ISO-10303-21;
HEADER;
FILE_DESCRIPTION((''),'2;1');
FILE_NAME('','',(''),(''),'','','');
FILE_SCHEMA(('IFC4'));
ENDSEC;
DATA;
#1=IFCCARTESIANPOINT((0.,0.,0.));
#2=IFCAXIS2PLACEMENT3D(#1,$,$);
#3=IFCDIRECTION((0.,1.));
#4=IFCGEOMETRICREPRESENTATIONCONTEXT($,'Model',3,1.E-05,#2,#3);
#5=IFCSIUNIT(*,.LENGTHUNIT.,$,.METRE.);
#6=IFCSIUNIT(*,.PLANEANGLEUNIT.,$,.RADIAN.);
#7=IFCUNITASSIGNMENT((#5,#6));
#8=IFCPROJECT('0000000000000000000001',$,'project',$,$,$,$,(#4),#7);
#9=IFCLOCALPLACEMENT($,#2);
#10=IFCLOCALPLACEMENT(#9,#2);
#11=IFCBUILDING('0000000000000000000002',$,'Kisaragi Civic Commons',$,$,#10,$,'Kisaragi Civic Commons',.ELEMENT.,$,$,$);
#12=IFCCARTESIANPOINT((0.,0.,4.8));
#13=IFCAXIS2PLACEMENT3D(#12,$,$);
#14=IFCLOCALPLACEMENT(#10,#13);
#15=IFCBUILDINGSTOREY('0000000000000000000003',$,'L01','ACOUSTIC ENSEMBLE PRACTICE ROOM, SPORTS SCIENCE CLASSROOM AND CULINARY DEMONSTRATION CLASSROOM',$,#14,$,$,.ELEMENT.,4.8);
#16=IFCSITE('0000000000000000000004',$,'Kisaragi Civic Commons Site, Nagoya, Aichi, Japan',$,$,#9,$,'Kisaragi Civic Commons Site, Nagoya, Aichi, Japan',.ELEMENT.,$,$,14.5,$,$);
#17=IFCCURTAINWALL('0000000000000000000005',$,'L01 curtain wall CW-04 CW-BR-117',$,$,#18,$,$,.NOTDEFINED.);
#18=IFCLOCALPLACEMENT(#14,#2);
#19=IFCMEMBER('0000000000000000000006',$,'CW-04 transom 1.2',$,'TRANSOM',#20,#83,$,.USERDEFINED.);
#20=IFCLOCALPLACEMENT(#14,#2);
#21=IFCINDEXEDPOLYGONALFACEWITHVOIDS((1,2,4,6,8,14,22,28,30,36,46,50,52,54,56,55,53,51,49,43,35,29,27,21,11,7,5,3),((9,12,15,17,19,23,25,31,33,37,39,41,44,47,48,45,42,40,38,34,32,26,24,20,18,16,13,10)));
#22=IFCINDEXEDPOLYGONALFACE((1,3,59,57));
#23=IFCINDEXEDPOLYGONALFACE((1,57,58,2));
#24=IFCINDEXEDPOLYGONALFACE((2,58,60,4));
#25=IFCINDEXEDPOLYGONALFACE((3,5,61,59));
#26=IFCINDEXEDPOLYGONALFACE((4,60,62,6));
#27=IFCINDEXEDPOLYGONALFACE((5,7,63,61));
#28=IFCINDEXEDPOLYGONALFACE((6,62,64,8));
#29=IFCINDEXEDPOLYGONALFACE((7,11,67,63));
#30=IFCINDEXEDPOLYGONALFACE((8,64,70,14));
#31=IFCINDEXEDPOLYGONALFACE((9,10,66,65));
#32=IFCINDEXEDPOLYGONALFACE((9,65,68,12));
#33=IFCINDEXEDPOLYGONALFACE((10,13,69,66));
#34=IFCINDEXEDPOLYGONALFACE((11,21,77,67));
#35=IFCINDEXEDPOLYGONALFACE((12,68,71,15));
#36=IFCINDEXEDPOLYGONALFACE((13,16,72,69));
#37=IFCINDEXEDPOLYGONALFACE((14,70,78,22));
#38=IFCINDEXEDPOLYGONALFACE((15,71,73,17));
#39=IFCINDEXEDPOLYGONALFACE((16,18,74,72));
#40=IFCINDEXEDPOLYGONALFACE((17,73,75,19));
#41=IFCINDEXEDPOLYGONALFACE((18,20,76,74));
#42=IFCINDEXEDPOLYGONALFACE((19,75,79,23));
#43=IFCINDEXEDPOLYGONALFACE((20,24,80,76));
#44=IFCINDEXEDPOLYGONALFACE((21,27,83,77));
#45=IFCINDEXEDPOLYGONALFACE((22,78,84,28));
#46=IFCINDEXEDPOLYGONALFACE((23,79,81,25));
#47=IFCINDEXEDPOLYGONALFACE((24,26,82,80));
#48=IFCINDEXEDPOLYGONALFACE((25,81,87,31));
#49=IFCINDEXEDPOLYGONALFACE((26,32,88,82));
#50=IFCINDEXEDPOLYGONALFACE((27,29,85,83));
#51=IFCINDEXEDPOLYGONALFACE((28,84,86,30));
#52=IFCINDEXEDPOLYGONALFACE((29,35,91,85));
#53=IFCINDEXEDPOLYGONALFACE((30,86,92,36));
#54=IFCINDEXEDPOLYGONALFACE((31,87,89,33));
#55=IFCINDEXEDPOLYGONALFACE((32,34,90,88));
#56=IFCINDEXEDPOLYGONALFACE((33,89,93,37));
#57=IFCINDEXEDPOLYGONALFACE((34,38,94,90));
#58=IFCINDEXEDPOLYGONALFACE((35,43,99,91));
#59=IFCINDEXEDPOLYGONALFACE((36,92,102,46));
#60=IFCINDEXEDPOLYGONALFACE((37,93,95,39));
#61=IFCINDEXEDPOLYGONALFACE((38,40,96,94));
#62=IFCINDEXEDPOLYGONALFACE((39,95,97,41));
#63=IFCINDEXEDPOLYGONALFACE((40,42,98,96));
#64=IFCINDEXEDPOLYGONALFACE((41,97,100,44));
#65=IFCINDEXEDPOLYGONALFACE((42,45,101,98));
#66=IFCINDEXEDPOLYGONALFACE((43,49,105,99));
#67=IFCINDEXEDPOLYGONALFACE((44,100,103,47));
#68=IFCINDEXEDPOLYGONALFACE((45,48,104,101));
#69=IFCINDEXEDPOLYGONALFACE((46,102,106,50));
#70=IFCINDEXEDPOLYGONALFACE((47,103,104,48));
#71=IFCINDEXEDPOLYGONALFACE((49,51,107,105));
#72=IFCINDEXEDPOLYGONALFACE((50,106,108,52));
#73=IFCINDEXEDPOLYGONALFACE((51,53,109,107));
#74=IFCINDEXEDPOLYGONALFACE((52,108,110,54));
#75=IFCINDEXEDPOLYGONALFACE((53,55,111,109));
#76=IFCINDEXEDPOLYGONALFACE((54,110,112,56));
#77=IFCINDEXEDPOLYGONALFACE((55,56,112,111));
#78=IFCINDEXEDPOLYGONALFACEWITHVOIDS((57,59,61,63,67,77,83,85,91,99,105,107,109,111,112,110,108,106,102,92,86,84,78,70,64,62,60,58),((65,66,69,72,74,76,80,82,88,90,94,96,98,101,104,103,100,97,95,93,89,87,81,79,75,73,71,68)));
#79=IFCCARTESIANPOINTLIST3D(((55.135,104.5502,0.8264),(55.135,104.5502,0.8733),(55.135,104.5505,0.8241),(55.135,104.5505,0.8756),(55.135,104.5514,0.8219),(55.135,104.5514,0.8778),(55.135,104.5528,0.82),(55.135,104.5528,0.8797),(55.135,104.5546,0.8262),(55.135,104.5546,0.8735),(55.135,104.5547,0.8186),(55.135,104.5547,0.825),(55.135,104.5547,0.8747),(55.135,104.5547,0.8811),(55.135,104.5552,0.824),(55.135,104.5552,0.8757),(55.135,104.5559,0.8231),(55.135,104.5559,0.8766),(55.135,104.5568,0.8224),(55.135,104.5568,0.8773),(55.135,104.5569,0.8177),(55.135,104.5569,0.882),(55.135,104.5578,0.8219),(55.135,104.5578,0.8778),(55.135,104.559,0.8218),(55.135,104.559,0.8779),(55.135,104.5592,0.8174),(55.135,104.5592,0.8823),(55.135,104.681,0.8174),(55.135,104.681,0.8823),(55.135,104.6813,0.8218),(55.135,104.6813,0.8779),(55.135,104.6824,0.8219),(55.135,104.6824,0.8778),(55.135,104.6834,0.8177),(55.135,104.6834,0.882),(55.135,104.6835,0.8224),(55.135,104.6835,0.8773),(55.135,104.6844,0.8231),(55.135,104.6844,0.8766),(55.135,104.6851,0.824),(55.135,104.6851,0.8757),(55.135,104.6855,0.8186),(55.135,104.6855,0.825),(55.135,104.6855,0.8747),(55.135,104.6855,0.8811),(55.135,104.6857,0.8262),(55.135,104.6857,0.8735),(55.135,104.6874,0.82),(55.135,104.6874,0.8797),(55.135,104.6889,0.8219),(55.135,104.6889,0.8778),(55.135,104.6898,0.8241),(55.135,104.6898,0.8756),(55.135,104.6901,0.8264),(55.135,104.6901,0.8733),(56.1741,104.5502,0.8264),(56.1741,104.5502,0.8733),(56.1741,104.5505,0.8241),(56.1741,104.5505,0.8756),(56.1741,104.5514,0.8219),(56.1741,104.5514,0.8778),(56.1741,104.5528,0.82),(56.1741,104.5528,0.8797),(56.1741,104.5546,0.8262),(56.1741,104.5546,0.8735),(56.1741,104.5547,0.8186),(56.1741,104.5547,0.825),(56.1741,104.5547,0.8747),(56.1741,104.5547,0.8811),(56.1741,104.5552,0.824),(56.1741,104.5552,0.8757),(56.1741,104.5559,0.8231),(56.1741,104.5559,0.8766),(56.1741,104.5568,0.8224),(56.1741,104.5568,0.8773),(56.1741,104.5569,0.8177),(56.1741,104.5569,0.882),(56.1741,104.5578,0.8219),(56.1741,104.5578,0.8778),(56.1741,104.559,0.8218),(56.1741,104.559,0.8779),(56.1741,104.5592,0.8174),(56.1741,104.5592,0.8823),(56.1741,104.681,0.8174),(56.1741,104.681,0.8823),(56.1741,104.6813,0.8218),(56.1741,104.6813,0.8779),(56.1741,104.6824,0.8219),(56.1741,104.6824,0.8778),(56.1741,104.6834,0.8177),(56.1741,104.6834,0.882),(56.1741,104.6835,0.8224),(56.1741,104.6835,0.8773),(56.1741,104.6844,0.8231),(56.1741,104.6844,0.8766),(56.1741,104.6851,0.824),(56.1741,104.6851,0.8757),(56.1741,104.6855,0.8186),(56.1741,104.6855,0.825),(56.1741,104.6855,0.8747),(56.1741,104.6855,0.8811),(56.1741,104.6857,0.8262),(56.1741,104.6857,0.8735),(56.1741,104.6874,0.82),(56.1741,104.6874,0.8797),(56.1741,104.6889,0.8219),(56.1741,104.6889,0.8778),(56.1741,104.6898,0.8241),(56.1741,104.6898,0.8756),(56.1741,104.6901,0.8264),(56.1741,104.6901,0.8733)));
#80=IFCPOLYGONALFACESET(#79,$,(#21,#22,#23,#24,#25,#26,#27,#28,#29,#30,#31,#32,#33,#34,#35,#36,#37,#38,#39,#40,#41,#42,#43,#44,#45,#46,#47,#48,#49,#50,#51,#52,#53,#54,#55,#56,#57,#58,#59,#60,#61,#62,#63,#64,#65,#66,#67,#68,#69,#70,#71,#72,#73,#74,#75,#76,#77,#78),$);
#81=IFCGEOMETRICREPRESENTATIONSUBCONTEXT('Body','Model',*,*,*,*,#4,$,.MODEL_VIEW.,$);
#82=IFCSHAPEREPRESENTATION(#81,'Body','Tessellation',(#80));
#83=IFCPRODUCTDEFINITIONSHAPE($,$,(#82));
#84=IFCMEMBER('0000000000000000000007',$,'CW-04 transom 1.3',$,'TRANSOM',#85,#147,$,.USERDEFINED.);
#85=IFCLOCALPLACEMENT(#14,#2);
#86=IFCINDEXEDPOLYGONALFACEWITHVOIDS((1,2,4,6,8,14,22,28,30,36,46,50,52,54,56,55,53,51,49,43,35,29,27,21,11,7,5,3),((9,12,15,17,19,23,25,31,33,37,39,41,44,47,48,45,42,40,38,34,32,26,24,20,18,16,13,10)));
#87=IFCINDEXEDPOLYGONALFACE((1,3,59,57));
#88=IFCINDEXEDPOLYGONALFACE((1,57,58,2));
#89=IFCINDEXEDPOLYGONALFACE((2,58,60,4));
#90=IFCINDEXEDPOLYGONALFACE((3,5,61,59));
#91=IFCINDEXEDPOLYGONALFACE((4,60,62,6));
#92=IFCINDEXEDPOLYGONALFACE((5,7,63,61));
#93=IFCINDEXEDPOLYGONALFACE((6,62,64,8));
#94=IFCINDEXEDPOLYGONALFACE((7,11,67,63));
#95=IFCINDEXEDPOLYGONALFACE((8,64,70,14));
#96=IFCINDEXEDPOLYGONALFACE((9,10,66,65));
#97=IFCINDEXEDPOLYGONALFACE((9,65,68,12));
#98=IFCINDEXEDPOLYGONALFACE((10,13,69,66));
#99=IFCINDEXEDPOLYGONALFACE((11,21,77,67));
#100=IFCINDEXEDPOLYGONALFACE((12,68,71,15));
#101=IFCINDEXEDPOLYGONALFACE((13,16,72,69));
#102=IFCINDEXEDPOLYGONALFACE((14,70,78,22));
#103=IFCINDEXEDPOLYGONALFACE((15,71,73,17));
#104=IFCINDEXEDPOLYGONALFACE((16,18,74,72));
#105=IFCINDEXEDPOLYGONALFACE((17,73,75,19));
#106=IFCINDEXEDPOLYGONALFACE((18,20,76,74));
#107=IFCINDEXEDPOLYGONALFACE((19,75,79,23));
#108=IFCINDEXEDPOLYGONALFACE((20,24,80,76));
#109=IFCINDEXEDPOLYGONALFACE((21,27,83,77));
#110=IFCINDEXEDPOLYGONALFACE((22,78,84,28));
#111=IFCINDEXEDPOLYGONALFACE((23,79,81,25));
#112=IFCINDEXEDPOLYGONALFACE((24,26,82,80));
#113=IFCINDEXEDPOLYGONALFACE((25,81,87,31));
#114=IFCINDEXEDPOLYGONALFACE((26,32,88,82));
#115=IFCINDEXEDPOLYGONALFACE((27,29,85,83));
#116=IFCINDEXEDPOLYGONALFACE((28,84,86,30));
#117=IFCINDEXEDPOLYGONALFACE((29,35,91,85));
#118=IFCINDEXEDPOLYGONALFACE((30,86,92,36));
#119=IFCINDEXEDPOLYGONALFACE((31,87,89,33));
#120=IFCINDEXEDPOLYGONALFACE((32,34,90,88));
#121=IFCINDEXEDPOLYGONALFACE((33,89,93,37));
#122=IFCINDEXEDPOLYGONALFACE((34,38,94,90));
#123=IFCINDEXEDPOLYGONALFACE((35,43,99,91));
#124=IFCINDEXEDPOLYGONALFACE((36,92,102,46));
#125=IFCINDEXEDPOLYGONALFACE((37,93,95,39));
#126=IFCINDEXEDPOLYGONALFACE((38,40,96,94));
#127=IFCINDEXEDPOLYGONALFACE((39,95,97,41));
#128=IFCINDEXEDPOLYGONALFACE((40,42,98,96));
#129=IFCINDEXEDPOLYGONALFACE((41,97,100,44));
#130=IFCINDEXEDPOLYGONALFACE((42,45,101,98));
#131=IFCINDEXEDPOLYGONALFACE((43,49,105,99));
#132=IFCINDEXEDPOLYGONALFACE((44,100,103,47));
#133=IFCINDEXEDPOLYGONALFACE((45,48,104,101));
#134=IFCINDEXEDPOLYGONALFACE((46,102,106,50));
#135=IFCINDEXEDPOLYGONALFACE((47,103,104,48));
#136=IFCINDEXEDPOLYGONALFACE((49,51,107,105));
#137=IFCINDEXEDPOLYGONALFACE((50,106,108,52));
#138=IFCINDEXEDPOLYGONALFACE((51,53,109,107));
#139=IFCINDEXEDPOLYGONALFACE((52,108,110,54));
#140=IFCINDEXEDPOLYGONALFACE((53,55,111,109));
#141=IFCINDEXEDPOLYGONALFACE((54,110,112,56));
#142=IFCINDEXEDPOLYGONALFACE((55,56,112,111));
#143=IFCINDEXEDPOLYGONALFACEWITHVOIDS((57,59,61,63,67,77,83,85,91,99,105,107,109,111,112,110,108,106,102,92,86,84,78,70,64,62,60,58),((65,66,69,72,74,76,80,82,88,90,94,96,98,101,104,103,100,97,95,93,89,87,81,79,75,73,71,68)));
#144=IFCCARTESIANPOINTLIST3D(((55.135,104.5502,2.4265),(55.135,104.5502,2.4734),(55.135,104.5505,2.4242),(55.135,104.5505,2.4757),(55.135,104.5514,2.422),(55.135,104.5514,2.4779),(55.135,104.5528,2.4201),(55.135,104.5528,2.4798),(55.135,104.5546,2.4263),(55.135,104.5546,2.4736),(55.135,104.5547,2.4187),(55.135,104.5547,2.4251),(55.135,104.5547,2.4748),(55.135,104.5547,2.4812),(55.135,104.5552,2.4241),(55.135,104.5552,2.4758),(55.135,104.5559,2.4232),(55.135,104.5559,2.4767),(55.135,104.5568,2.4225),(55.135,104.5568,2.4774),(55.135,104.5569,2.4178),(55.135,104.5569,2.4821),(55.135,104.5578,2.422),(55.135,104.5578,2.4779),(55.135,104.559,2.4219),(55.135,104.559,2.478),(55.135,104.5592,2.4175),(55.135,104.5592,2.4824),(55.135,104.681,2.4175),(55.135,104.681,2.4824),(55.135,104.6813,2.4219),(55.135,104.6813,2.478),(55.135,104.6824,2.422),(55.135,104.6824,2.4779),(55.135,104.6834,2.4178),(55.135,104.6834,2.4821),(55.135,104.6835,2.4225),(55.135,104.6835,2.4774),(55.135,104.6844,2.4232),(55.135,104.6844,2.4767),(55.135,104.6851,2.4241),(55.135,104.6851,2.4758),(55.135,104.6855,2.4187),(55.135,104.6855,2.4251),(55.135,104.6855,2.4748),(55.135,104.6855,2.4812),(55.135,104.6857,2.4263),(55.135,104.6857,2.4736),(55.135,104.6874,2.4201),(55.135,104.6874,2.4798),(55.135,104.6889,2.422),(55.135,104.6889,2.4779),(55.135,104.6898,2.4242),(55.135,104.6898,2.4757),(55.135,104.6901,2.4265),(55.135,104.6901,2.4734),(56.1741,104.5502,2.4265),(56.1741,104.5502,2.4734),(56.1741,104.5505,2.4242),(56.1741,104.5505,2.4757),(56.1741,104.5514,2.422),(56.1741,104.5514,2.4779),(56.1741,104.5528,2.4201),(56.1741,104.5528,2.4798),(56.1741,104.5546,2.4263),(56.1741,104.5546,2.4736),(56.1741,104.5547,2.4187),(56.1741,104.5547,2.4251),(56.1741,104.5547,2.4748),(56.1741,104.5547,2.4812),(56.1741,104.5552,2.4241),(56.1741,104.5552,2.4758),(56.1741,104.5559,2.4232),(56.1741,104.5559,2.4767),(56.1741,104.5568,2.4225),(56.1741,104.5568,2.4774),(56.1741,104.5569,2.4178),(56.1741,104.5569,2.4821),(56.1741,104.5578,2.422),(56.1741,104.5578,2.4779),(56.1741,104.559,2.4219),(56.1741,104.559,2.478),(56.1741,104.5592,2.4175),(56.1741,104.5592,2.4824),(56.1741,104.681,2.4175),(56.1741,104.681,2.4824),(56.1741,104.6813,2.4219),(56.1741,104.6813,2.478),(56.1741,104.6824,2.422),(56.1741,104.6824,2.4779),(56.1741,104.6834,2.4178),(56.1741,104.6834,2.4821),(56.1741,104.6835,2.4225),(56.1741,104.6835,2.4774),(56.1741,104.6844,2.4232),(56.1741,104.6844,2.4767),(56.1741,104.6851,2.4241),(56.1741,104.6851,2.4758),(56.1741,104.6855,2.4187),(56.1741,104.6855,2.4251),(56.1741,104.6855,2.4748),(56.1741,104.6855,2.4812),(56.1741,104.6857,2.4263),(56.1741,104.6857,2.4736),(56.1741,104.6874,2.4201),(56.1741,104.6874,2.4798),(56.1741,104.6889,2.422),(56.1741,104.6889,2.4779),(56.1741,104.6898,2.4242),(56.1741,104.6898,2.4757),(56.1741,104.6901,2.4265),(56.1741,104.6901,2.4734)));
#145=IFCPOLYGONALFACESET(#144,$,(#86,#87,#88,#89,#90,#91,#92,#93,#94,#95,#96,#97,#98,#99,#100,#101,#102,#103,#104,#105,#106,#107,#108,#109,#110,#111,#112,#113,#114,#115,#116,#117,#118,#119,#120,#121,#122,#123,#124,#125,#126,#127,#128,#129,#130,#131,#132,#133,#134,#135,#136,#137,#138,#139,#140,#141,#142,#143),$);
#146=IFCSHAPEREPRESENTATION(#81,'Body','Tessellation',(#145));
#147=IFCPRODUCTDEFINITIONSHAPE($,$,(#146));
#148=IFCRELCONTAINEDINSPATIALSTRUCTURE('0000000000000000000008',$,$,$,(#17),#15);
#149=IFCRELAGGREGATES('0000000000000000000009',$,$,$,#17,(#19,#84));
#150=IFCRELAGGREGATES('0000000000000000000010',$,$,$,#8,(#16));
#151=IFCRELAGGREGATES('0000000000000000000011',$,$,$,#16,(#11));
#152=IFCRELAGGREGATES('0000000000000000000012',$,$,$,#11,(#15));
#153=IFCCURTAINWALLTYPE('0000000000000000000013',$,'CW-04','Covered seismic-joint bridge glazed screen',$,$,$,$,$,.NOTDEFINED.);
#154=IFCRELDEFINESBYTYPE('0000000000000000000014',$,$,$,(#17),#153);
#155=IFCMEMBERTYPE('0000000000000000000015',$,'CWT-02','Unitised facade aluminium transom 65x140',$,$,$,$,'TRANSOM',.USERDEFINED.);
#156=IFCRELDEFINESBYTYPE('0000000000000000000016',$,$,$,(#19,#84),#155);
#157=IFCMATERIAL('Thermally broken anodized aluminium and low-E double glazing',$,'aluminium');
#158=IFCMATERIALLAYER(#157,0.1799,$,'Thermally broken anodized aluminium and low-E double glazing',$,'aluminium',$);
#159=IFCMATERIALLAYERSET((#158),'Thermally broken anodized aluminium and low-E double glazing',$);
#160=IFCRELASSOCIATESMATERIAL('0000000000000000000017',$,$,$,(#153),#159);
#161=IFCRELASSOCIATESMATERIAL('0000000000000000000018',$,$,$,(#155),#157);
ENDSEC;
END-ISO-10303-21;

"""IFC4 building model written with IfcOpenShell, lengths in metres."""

from ifc_helpers import new_model, si_unit, direction, frame, origin, origin_2d, place, context, subcontext, project, spatial, hollow_rectangle, extrude, material, layer, layer_set, material_profile, profile_set, type_object, element, aggregate, save


model = new_model("IFC4")

# Units and contexts
model_context = context("Model", 3, precision=1e-05, world=origin(), true_north=direction((0.0, 1.0)))
body_context = subcontext(model_context, "Body", "Model", "MODEL_VIEW")
ifc_project = project(units=[si_unit("LENGTHUNIT", "METRE"), si_unit("PLANEANGLEUNIT", "RADIAN")], contexts=[model_context])

# Site, building, storey
site_placement = place(None, origin())
site = spatial("IfcSite", under=ifc_project, at=site_placement, Name="Kisaragi Civic Commons Site, Nagoya, Aichi, Japan", LongName="Kisaragi Civic Commons Site, Nagoya, Aichi, Japan", CompositionType="ELEMENT", RefElevation=14.5)
building_placement = place(site_placement, origin())
building = spatial("IfcBuilding", under=site, at=building_placement, Name="Kisaragi Civic Commons", LongName="Kisaragi Civic Commons", CompositionType="ELEMENT")
storey_placement = place(building_placement, frame((0.0, 0.0, 4.8)))
storey = spatial("IfcBuildingStorey", under=building, at=storey_placement, Name="L01", Description="ACOUSTIC ENSEMBLE PRACTICE ROOM, SPORTS SCIENCE CLASSROOM AND CULINARY DEMONSTRATION CLASSROOM", CompositionType="ELEMENT", Elevation=4.8)

# Curtain wall, members
ifc_material_1 = material(Name="Thermally broken anodized aluminium and low-E double glazing", Category="aluminium")
ifc_layer_1 = layer(ifc_material_1, 0.1799, Name="Thermally broken anodized aluminium and low-E double glazing", Category="aluminium")
ifc_layer_set_1 = layer_set([ifc_layer_1], Name="Thermally broken anodized aluminium and low-E double glazing")
curtain_wall_type = type_object("IfcCurtainWallType", Name="CW-04", Description="Covered seismic-joint bridge glazed screen", PredefinedType="NOTDEFINED", material=ifc_layer_set_1)
curtain_wall_placement = place(storey_placement, origin())
curtain_wall = element("IfcCurtainWall", 1, at=curtain_wall_placement, inside=storey, type_object=curtain_wall_type, Name="L01 curtain wall CW-04 CW-BR-117", PredefinedType="NOTDEFINED")
ifc_material_profile_1 = material_profile(ifc_material_1, hollow_rectangle(XDim=0.1399, YDim=0.0649, WallThickness=0.0044, InnerFilletRadius=0.0044, OuterFilletRadius=0.009, at=origin_2d()), Name="CWT-65x140x4.5", Category="aluminium")
ifc_profile_set_1 = profile_set([ifc_material_profile_1], Name="Thermally broken anodized aluminium and low-E double glazing")
member_type_1 = type_object("IfcMemberType", Name="CWT-02", Description="Unitised facade aluminium transom 65x140", ElementType="TRANSOM", PredefinedType="USERDEFINED", material=ifc_profile_set_1)
member_1_placement = place(storey_placement, frame((55.135, 104.6201, 0.8499), z_axis=(1.0, 0.0, 0.0), x_axis=(0.0, 1.0, 0.0)))
member_1 = element("IfcMember", 2, at=member_1_placement, type_object=member_type_1, Name="CW-04 transom 1.2", ObjectType="TRANSOM", PredefinedType="USERDEFINED", context=body_context, shape_type="SweptSolid", body=[
    extrude(hollow_rectangle(XDim=0.1399, YDim=0.0649, WallThickness=0.0044, InnerFilletRadius=0.0044, OuterFilletRadius=0.009, at=origin_2d()), origin(), (0.0, 0.0, 1.0), 1.0391),
])
member_2_placement = place(storey_placement, frame((55.135, 104.6201, 2.45), z_axis=(1.0, 0.0, 0.0), x_axis=(0.0, 1.0, 0.0)))
member_2 = element("IfcMember", 3, at=member_2_placement, type_object=member_type_1, Name="CW-04 transom 1.3", ObjectType="TRANSOM", PredefinedType="USERDEFINED", context=body_context, shape_type="SweptSolid", body=[
    extrude(hollow_rectangle(XDim=0.1399, YDim=0.0649, WallThickness=0.0044, InnerFilletRadius=0.0044, OuterFilletRadius=0.009, at=origin_2d()), origin(), (0.0, 0.0, 1.0), 1.0391),
])

aggregate(curtain_wall, [member_1, member_2])

save(model, "model.ifc")
